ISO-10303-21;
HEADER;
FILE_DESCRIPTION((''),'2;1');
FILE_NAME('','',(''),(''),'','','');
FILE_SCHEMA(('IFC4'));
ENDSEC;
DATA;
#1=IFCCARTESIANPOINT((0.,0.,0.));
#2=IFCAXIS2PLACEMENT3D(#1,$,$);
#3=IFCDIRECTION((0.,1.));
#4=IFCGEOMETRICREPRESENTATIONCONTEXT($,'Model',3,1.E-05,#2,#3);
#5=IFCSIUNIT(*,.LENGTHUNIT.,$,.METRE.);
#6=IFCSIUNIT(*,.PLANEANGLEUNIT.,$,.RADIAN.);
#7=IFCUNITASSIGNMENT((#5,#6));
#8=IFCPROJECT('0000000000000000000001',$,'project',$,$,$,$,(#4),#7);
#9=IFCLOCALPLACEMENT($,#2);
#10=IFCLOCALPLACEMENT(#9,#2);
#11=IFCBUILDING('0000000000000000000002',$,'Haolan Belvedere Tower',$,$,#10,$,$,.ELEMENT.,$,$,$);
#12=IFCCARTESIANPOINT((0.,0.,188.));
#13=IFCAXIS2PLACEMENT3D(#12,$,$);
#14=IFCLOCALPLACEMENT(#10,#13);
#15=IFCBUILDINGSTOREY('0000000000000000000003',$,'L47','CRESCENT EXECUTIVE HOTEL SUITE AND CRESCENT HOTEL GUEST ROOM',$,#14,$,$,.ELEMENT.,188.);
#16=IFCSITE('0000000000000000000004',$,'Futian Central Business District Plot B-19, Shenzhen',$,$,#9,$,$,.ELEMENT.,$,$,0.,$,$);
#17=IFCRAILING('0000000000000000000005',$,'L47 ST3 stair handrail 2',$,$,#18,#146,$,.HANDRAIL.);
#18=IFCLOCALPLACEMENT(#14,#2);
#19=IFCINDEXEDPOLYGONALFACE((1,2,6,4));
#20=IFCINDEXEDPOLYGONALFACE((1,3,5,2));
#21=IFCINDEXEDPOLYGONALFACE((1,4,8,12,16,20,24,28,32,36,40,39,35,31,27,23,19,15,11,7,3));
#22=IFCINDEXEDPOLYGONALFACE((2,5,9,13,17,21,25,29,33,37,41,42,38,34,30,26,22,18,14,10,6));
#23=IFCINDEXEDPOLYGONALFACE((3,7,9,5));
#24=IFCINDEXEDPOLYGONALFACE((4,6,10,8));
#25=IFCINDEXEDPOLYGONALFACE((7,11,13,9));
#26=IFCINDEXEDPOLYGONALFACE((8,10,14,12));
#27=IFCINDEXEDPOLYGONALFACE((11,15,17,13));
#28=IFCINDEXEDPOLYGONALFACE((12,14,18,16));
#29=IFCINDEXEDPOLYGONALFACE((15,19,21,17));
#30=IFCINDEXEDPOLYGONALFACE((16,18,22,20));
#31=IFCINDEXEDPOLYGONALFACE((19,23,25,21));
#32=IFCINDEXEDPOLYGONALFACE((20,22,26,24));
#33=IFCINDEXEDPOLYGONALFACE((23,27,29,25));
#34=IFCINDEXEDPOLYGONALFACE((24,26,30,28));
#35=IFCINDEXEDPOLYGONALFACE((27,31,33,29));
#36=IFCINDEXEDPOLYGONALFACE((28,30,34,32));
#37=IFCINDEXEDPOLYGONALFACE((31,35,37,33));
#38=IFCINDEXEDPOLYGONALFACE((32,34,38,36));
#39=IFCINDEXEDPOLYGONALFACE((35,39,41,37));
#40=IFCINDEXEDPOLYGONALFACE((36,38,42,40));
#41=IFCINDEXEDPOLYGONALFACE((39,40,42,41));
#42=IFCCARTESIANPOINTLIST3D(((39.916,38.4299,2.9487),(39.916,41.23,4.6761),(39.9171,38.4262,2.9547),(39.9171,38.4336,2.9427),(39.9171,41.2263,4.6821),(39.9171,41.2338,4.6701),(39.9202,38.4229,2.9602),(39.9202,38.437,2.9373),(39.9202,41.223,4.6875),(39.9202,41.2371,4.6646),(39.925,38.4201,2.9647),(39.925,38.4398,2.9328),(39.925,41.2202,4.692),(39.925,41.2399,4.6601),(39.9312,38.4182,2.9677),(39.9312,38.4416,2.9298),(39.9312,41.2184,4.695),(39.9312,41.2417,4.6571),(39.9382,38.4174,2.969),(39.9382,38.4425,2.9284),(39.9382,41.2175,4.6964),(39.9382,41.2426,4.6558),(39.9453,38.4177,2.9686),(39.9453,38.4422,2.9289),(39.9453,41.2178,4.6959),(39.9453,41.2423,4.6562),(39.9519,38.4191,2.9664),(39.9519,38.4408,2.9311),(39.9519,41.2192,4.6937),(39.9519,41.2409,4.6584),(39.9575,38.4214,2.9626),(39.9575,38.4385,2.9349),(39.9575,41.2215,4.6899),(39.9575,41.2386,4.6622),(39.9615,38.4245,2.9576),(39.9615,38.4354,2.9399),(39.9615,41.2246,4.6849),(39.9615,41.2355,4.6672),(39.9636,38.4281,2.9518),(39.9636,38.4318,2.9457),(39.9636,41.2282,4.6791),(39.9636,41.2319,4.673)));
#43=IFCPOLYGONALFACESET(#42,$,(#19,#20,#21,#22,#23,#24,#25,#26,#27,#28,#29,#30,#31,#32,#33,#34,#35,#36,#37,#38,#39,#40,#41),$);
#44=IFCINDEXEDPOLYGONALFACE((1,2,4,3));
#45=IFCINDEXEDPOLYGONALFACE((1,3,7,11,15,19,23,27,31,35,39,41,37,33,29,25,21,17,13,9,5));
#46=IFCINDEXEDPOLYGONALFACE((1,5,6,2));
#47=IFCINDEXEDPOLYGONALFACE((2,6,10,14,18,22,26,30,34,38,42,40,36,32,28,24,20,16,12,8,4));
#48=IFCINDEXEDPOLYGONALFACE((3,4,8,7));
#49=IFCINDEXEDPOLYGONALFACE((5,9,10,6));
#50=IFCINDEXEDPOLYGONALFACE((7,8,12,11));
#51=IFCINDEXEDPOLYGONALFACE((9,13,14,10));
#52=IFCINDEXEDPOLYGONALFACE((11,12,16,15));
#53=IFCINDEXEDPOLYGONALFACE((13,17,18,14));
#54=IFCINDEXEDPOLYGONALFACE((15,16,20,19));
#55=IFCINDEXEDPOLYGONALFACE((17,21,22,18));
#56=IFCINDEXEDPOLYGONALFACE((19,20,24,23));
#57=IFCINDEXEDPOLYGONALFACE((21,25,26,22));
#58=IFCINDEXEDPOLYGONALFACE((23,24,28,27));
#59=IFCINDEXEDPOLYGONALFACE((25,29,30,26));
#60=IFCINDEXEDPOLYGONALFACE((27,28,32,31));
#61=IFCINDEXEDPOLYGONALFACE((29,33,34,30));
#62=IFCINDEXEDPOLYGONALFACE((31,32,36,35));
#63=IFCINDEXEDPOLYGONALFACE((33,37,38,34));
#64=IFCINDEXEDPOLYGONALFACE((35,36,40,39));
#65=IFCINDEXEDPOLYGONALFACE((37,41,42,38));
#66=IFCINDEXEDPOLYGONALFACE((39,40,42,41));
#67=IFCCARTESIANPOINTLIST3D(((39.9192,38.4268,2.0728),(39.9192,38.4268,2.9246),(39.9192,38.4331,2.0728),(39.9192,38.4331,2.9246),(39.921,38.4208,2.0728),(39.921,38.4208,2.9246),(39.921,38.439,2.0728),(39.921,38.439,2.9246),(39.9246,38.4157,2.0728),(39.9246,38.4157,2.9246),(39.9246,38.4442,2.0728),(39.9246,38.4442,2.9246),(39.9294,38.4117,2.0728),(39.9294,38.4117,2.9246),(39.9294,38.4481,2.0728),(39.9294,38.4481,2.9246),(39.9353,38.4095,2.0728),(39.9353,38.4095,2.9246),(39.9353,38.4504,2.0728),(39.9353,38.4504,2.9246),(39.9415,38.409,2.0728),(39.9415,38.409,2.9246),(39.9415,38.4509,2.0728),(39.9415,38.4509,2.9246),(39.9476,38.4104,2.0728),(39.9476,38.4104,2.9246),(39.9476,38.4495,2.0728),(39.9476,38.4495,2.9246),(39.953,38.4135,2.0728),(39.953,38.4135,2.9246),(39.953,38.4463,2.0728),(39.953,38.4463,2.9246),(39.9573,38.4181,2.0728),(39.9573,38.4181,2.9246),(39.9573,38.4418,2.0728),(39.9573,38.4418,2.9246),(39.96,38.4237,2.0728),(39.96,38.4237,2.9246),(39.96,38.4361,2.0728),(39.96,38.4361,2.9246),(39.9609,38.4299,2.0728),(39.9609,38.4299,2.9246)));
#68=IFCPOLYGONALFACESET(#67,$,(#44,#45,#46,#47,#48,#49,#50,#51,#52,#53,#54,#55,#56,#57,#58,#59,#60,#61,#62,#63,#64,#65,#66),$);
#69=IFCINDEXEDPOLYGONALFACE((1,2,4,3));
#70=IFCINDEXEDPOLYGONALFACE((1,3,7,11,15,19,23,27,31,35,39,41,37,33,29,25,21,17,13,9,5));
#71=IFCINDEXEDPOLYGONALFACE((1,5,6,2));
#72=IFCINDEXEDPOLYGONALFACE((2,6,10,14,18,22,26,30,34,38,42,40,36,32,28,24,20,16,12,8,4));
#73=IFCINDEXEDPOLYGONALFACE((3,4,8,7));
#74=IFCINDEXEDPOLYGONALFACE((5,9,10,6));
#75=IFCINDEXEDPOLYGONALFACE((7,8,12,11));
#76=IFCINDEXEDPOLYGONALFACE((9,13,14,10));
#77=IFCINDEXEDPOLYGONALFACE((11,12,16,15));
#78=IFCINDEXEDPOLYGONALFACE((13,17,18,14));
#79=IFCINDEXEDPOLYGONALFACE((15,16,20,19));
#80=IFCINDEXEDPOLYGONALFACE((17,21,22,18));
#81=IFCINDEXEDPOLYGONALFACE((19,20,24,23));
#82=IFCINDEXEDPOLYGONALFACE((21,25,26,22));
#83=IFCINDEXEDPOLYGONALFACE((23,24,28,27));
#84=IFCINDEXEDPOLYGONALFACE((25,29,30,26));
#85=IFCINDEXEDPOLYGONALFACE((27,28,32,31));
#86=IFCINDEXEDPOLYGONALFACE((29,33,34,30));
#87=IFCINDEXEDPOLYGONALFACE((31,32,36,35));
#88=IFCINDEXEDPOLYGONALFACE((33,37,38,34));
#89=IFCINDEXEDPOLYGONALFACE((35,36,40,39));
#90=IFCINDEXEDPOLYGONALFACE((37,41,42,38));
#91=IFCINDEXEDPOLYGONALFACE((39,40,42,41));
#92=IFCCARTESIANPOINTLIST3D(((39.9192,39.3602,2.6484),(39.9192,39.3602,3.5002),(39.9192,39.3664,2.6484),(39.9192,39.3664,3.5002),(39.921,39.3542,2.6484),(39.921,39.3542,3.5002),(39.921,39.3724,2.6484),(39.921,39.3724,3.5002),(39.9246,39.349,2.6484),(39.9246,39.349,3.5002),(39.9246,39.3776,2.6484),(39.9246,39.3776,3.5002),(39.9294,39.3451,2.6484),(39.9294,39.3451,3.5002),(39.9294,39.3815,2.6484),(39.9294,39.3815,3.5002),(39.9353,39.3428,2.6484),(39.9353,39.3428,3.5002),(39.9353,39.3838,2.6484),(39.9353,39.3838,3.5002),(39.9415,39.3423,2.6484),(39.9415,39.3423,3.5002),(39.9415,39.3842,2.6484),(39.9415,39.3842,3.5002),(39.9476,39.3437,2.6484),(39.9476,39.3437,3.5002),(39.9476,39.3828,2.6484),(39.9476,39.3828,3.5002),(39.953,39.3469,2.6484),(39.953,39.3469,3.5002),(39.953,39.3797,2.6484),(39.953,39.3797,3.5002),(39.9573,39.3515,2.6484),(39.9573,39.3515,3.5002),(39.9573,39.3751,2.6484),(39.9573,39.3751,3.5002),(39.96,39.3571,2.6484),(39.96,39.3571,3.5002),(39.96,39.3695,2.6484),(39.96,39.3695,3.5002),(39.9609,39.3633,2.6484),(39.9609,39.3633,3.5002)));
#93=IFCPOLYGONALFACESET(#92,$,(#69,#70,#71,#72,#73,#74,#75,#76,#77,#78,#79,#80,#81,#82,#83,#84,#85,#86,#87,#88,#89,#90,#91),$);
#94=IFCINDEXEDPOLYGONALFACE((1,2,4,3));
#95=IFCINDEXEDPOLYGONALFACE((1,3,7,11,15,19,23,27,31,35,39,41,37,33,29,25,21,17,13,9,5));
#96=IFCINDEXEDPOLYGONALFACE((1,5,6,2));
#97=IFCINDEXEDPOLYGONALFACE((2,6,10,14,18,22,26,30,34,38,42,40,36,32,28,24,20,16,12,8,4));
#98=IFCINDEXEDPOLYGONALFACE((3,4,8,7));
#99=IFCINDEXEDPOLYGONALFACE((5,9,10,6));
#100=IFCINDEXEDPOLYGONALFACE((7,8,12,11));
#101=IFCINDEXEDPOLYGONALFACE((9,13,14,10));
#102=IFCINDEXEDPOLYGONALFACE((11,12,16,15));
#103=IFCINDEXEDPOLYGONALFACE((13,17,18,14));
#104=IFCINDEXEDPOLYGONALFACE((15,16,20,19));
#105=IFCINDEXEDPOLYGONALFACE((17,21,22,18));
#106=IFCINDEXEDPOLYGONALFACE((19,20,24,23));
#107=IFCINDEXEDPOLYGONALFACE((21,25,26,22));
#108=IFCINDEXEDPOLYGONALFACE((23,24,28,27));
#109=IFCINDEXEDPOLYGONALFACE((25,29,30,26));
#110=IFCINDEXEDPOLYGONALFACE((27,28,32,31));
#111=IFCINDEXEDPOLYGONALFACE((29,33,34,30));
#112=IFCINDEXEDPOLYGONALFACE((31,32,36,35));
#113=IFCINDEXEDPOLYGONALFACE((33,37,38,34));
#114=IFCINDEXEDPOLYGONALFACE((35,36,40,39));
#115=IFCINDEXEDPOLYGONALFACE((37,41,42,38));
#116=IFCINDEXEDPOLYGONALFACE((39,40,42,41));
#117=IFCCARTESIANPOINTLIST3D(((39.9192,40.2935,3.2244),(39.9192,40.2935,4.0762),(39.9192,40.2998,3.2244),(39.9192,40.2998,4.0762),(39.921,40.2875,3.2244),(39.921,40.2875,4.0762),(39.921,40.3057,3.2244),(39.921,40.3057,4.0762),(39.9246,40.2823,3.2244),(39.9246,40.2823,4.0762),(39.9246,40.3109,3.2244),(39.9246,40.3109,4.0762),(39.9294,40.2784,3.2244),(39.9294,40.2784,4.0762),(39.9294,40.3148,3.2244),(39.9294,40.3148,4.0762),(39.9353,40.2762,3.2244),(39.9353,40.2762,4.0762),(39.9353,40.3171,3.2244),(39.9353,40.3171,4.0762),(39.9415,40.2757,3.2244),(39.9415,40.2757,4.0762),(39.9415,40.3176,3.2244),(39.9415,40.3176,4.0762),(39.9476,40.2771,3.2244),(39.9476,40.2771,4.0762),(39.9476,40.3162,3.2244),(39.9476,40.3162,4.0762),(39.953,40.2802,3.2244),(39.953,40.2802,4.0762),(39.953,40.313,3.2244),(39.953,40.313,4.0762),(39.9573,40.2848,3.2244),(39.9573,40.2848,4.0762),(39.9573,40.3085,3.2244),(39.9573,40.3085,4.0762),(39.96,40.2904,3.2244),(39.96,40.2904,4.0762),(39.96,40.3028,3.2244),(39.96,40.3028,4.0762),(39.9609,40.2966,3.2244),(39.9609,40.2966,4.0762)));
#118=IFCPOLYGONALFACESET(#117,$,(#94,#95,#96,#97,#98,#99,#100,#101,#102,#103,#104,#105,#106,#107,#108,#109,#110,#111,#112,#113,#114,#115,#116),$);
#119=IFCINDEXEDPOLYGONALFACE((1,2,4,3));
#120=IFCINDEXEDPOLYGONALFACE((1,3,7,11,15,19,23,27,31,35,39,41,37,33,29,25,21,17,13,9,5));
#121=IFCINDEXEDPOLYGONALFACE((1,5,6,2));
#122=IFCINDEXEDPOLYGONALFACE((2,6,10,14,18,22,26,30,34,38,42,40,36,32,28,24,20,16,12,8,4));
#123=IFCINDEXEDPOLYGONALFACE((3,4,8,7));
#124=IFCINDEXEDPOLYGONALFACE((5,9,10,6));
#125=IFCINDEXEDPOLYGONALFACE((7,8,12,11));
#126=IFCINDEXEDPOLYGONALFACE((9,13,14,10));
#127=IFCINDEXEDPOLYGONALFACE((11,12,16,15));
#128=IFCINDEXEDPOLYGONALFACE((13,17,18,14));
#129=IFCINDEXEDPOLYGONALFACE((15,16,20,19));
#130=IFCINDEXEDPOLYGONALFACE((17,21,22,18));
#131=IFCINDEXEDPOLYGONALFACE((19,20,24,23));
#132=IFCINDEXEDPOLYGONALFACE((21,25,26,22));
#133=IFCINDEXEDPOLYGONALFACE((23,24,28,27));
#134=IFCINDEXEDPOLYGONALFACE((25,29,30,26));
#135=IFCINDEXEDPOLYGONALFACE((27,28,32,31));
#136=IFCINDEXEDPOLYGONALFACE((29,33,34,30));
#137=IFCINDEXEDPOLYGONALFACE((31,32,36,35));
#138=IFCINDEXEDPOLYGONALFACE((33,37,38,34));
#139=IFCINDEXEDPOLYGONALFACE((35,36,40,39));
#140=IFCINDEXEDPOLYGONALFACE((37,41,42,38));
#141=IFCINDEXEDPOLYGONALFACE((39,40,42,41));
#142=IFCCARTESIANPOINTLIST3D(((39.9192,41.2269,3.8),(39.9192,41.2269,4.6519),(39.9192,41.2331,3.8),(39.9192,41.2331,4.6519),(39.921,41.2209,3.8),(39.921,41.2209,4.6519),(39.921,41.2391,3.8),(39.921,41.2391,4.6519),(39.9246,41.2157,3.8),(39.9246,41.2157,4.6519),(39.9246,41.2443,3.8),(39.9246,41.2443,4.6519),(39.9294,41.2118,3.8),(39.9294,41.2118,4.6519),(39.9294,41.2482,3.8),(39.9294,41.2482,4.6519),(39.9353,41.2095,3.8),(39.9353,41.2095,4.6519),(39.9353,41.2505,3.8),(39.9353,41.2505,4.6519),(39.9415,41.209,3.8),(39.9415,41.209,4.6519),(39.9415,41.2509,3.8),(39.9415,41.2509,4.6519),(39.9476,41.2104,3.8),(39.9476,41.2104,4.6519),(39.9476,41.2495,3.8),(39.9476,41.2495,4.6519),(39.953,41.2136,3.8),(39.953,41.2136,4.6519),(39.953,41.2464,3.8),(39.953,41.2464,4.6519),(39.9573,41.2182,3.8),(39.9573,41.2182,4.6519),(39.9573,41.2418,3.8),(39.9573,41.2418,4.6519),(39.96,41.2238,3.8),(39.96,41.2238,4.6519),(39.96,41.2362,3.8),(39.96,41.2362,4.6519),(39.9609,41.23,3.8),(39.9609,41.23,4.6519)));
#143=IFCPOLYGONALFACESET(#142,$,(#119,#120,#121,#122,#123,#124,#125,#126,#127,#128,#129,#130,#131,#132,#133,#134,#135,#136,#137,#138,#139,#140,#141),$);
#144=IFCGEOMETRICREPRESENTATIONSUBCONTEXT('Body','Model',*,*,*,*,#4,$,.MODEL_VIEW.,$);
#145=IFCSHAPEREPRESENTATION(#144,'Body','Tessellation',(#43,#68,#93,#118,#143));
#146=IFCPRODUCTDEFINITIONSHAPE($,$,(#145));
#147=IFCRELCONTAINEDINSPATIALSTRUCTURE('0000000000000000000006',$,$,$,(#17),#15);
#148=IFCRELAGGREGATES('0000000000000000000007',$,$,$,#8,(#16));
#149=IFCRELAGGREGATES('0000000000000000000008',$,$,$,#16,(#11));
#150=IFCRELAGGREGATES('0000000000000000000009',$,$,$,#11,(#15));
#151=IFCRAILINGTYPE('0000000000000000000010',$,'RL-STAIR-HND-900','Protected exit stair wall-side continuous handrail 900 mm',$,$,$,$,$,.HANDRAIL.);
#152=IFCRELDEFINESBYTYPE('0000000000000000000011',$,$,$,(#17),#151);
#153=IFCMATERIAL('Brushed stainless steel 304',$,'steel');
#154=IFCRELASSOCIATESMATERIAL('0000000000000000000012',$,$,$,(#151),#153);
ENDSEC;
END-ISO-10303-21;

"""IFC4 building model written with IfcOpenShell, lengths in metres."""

from ifc_helpers import new_model, si_unit, direction, frame, origin, origin_2d, place, context, subcontext, project, spatial, circle, extrude, material, type_object, element, save


model = new_model("IFC4")

# Units and contexts
model_context = context("Model", 3, precision=1e-05, world=origin(), true_north=direction((0.0, 1.0)))
body_context = subcontext(model_context, "Body", "Model", "MODEL_VIEW")
ifc_project = project(units=[si_unit("LENGTHUNIT", "METRE"), si_unit("PLANEANGLEUNIT", "RADIAN")], contexts=[model_context])

# Site, building, storey
site_placement = place(None, origin())
site = spatial("IfcSite", under=ifc_project, at=site_placement, Name="Futian Central Business District Plot B-19, Shenzhen", CompositionType="ELEMENT", RefElevation=0.0)
building_placement = place(site_placement, origin())
building = spatial("IfcBuilding", under=site, at=building_placement, Name="Haolan Belvedere Tower", CompositionType="ELEMENT")
storey_placement = place(building_placement, frame((0.0, 0.0, 188.0)))
storey = spatial("IfcBuildingStorey", under=building, at=storey_placement, Name="L47", Description="CRESCENT EXECUTIVE HOTEL SUITE AND CRESCENT HOTEL GUEST ROOM", CompositionType="ELEMENT", Elevation=188.0)

# Railing
ifc_material_1 = material(Name="Brushed stainless steel 304", Category="steel")
railing_type_1 = type_object("IfcRailingType", Name="RL-STAIR-HND-900", Description="Protected exit stair wall-side continuous handrail 900 mm", PredefinedType="HANDRAIL", material=ifc_material_1)
railing_1_placement = place(storey_placement, frame((39.9399, 38.4299, 2.0728)))
element("IfcRailing", 1, at=railing_1_placement, inside=storey, type_object=railing_type_1, Name="L47 ST3 stair handrail 2", PredefinedType="HANDRAIL", context=body_context, shape_type="SweptSolid", body=[
    extrude(circle(Radius=0.0239, at=origin_2d()), frame((0.0, 0.0, 0.876), z_axis=(0.0, 0.85109, 0.52502), x_axis=(-1.0, 0.0, 0.0)), (0.0, 0.0, 1.0), 3.29),
    extrude(circle(Radius=0.021, at=origin_2d()), origin(), (0.0, 0.0, 1.0), 0.8518),
    extrude(circle(Radius=0.021, at=origin_2d()), frame((0.0, 0.9333, 0.5757)), (0.0, 0.0, 1.0), 0.8518),
    extrude(circle(Radius=0.021, at=origin_2d()), frame((0.0, 1.8667, 1.1516)), (0.0, 0.0, 1.0), 0.8518),
    extrude(circle(Radius=0.021, at=origin_2d()), frame((0.0, 2.8, 1.7273)), (0.0, 0.0, 1.0), 0.8518),
])

save(model, "model.ifc")
